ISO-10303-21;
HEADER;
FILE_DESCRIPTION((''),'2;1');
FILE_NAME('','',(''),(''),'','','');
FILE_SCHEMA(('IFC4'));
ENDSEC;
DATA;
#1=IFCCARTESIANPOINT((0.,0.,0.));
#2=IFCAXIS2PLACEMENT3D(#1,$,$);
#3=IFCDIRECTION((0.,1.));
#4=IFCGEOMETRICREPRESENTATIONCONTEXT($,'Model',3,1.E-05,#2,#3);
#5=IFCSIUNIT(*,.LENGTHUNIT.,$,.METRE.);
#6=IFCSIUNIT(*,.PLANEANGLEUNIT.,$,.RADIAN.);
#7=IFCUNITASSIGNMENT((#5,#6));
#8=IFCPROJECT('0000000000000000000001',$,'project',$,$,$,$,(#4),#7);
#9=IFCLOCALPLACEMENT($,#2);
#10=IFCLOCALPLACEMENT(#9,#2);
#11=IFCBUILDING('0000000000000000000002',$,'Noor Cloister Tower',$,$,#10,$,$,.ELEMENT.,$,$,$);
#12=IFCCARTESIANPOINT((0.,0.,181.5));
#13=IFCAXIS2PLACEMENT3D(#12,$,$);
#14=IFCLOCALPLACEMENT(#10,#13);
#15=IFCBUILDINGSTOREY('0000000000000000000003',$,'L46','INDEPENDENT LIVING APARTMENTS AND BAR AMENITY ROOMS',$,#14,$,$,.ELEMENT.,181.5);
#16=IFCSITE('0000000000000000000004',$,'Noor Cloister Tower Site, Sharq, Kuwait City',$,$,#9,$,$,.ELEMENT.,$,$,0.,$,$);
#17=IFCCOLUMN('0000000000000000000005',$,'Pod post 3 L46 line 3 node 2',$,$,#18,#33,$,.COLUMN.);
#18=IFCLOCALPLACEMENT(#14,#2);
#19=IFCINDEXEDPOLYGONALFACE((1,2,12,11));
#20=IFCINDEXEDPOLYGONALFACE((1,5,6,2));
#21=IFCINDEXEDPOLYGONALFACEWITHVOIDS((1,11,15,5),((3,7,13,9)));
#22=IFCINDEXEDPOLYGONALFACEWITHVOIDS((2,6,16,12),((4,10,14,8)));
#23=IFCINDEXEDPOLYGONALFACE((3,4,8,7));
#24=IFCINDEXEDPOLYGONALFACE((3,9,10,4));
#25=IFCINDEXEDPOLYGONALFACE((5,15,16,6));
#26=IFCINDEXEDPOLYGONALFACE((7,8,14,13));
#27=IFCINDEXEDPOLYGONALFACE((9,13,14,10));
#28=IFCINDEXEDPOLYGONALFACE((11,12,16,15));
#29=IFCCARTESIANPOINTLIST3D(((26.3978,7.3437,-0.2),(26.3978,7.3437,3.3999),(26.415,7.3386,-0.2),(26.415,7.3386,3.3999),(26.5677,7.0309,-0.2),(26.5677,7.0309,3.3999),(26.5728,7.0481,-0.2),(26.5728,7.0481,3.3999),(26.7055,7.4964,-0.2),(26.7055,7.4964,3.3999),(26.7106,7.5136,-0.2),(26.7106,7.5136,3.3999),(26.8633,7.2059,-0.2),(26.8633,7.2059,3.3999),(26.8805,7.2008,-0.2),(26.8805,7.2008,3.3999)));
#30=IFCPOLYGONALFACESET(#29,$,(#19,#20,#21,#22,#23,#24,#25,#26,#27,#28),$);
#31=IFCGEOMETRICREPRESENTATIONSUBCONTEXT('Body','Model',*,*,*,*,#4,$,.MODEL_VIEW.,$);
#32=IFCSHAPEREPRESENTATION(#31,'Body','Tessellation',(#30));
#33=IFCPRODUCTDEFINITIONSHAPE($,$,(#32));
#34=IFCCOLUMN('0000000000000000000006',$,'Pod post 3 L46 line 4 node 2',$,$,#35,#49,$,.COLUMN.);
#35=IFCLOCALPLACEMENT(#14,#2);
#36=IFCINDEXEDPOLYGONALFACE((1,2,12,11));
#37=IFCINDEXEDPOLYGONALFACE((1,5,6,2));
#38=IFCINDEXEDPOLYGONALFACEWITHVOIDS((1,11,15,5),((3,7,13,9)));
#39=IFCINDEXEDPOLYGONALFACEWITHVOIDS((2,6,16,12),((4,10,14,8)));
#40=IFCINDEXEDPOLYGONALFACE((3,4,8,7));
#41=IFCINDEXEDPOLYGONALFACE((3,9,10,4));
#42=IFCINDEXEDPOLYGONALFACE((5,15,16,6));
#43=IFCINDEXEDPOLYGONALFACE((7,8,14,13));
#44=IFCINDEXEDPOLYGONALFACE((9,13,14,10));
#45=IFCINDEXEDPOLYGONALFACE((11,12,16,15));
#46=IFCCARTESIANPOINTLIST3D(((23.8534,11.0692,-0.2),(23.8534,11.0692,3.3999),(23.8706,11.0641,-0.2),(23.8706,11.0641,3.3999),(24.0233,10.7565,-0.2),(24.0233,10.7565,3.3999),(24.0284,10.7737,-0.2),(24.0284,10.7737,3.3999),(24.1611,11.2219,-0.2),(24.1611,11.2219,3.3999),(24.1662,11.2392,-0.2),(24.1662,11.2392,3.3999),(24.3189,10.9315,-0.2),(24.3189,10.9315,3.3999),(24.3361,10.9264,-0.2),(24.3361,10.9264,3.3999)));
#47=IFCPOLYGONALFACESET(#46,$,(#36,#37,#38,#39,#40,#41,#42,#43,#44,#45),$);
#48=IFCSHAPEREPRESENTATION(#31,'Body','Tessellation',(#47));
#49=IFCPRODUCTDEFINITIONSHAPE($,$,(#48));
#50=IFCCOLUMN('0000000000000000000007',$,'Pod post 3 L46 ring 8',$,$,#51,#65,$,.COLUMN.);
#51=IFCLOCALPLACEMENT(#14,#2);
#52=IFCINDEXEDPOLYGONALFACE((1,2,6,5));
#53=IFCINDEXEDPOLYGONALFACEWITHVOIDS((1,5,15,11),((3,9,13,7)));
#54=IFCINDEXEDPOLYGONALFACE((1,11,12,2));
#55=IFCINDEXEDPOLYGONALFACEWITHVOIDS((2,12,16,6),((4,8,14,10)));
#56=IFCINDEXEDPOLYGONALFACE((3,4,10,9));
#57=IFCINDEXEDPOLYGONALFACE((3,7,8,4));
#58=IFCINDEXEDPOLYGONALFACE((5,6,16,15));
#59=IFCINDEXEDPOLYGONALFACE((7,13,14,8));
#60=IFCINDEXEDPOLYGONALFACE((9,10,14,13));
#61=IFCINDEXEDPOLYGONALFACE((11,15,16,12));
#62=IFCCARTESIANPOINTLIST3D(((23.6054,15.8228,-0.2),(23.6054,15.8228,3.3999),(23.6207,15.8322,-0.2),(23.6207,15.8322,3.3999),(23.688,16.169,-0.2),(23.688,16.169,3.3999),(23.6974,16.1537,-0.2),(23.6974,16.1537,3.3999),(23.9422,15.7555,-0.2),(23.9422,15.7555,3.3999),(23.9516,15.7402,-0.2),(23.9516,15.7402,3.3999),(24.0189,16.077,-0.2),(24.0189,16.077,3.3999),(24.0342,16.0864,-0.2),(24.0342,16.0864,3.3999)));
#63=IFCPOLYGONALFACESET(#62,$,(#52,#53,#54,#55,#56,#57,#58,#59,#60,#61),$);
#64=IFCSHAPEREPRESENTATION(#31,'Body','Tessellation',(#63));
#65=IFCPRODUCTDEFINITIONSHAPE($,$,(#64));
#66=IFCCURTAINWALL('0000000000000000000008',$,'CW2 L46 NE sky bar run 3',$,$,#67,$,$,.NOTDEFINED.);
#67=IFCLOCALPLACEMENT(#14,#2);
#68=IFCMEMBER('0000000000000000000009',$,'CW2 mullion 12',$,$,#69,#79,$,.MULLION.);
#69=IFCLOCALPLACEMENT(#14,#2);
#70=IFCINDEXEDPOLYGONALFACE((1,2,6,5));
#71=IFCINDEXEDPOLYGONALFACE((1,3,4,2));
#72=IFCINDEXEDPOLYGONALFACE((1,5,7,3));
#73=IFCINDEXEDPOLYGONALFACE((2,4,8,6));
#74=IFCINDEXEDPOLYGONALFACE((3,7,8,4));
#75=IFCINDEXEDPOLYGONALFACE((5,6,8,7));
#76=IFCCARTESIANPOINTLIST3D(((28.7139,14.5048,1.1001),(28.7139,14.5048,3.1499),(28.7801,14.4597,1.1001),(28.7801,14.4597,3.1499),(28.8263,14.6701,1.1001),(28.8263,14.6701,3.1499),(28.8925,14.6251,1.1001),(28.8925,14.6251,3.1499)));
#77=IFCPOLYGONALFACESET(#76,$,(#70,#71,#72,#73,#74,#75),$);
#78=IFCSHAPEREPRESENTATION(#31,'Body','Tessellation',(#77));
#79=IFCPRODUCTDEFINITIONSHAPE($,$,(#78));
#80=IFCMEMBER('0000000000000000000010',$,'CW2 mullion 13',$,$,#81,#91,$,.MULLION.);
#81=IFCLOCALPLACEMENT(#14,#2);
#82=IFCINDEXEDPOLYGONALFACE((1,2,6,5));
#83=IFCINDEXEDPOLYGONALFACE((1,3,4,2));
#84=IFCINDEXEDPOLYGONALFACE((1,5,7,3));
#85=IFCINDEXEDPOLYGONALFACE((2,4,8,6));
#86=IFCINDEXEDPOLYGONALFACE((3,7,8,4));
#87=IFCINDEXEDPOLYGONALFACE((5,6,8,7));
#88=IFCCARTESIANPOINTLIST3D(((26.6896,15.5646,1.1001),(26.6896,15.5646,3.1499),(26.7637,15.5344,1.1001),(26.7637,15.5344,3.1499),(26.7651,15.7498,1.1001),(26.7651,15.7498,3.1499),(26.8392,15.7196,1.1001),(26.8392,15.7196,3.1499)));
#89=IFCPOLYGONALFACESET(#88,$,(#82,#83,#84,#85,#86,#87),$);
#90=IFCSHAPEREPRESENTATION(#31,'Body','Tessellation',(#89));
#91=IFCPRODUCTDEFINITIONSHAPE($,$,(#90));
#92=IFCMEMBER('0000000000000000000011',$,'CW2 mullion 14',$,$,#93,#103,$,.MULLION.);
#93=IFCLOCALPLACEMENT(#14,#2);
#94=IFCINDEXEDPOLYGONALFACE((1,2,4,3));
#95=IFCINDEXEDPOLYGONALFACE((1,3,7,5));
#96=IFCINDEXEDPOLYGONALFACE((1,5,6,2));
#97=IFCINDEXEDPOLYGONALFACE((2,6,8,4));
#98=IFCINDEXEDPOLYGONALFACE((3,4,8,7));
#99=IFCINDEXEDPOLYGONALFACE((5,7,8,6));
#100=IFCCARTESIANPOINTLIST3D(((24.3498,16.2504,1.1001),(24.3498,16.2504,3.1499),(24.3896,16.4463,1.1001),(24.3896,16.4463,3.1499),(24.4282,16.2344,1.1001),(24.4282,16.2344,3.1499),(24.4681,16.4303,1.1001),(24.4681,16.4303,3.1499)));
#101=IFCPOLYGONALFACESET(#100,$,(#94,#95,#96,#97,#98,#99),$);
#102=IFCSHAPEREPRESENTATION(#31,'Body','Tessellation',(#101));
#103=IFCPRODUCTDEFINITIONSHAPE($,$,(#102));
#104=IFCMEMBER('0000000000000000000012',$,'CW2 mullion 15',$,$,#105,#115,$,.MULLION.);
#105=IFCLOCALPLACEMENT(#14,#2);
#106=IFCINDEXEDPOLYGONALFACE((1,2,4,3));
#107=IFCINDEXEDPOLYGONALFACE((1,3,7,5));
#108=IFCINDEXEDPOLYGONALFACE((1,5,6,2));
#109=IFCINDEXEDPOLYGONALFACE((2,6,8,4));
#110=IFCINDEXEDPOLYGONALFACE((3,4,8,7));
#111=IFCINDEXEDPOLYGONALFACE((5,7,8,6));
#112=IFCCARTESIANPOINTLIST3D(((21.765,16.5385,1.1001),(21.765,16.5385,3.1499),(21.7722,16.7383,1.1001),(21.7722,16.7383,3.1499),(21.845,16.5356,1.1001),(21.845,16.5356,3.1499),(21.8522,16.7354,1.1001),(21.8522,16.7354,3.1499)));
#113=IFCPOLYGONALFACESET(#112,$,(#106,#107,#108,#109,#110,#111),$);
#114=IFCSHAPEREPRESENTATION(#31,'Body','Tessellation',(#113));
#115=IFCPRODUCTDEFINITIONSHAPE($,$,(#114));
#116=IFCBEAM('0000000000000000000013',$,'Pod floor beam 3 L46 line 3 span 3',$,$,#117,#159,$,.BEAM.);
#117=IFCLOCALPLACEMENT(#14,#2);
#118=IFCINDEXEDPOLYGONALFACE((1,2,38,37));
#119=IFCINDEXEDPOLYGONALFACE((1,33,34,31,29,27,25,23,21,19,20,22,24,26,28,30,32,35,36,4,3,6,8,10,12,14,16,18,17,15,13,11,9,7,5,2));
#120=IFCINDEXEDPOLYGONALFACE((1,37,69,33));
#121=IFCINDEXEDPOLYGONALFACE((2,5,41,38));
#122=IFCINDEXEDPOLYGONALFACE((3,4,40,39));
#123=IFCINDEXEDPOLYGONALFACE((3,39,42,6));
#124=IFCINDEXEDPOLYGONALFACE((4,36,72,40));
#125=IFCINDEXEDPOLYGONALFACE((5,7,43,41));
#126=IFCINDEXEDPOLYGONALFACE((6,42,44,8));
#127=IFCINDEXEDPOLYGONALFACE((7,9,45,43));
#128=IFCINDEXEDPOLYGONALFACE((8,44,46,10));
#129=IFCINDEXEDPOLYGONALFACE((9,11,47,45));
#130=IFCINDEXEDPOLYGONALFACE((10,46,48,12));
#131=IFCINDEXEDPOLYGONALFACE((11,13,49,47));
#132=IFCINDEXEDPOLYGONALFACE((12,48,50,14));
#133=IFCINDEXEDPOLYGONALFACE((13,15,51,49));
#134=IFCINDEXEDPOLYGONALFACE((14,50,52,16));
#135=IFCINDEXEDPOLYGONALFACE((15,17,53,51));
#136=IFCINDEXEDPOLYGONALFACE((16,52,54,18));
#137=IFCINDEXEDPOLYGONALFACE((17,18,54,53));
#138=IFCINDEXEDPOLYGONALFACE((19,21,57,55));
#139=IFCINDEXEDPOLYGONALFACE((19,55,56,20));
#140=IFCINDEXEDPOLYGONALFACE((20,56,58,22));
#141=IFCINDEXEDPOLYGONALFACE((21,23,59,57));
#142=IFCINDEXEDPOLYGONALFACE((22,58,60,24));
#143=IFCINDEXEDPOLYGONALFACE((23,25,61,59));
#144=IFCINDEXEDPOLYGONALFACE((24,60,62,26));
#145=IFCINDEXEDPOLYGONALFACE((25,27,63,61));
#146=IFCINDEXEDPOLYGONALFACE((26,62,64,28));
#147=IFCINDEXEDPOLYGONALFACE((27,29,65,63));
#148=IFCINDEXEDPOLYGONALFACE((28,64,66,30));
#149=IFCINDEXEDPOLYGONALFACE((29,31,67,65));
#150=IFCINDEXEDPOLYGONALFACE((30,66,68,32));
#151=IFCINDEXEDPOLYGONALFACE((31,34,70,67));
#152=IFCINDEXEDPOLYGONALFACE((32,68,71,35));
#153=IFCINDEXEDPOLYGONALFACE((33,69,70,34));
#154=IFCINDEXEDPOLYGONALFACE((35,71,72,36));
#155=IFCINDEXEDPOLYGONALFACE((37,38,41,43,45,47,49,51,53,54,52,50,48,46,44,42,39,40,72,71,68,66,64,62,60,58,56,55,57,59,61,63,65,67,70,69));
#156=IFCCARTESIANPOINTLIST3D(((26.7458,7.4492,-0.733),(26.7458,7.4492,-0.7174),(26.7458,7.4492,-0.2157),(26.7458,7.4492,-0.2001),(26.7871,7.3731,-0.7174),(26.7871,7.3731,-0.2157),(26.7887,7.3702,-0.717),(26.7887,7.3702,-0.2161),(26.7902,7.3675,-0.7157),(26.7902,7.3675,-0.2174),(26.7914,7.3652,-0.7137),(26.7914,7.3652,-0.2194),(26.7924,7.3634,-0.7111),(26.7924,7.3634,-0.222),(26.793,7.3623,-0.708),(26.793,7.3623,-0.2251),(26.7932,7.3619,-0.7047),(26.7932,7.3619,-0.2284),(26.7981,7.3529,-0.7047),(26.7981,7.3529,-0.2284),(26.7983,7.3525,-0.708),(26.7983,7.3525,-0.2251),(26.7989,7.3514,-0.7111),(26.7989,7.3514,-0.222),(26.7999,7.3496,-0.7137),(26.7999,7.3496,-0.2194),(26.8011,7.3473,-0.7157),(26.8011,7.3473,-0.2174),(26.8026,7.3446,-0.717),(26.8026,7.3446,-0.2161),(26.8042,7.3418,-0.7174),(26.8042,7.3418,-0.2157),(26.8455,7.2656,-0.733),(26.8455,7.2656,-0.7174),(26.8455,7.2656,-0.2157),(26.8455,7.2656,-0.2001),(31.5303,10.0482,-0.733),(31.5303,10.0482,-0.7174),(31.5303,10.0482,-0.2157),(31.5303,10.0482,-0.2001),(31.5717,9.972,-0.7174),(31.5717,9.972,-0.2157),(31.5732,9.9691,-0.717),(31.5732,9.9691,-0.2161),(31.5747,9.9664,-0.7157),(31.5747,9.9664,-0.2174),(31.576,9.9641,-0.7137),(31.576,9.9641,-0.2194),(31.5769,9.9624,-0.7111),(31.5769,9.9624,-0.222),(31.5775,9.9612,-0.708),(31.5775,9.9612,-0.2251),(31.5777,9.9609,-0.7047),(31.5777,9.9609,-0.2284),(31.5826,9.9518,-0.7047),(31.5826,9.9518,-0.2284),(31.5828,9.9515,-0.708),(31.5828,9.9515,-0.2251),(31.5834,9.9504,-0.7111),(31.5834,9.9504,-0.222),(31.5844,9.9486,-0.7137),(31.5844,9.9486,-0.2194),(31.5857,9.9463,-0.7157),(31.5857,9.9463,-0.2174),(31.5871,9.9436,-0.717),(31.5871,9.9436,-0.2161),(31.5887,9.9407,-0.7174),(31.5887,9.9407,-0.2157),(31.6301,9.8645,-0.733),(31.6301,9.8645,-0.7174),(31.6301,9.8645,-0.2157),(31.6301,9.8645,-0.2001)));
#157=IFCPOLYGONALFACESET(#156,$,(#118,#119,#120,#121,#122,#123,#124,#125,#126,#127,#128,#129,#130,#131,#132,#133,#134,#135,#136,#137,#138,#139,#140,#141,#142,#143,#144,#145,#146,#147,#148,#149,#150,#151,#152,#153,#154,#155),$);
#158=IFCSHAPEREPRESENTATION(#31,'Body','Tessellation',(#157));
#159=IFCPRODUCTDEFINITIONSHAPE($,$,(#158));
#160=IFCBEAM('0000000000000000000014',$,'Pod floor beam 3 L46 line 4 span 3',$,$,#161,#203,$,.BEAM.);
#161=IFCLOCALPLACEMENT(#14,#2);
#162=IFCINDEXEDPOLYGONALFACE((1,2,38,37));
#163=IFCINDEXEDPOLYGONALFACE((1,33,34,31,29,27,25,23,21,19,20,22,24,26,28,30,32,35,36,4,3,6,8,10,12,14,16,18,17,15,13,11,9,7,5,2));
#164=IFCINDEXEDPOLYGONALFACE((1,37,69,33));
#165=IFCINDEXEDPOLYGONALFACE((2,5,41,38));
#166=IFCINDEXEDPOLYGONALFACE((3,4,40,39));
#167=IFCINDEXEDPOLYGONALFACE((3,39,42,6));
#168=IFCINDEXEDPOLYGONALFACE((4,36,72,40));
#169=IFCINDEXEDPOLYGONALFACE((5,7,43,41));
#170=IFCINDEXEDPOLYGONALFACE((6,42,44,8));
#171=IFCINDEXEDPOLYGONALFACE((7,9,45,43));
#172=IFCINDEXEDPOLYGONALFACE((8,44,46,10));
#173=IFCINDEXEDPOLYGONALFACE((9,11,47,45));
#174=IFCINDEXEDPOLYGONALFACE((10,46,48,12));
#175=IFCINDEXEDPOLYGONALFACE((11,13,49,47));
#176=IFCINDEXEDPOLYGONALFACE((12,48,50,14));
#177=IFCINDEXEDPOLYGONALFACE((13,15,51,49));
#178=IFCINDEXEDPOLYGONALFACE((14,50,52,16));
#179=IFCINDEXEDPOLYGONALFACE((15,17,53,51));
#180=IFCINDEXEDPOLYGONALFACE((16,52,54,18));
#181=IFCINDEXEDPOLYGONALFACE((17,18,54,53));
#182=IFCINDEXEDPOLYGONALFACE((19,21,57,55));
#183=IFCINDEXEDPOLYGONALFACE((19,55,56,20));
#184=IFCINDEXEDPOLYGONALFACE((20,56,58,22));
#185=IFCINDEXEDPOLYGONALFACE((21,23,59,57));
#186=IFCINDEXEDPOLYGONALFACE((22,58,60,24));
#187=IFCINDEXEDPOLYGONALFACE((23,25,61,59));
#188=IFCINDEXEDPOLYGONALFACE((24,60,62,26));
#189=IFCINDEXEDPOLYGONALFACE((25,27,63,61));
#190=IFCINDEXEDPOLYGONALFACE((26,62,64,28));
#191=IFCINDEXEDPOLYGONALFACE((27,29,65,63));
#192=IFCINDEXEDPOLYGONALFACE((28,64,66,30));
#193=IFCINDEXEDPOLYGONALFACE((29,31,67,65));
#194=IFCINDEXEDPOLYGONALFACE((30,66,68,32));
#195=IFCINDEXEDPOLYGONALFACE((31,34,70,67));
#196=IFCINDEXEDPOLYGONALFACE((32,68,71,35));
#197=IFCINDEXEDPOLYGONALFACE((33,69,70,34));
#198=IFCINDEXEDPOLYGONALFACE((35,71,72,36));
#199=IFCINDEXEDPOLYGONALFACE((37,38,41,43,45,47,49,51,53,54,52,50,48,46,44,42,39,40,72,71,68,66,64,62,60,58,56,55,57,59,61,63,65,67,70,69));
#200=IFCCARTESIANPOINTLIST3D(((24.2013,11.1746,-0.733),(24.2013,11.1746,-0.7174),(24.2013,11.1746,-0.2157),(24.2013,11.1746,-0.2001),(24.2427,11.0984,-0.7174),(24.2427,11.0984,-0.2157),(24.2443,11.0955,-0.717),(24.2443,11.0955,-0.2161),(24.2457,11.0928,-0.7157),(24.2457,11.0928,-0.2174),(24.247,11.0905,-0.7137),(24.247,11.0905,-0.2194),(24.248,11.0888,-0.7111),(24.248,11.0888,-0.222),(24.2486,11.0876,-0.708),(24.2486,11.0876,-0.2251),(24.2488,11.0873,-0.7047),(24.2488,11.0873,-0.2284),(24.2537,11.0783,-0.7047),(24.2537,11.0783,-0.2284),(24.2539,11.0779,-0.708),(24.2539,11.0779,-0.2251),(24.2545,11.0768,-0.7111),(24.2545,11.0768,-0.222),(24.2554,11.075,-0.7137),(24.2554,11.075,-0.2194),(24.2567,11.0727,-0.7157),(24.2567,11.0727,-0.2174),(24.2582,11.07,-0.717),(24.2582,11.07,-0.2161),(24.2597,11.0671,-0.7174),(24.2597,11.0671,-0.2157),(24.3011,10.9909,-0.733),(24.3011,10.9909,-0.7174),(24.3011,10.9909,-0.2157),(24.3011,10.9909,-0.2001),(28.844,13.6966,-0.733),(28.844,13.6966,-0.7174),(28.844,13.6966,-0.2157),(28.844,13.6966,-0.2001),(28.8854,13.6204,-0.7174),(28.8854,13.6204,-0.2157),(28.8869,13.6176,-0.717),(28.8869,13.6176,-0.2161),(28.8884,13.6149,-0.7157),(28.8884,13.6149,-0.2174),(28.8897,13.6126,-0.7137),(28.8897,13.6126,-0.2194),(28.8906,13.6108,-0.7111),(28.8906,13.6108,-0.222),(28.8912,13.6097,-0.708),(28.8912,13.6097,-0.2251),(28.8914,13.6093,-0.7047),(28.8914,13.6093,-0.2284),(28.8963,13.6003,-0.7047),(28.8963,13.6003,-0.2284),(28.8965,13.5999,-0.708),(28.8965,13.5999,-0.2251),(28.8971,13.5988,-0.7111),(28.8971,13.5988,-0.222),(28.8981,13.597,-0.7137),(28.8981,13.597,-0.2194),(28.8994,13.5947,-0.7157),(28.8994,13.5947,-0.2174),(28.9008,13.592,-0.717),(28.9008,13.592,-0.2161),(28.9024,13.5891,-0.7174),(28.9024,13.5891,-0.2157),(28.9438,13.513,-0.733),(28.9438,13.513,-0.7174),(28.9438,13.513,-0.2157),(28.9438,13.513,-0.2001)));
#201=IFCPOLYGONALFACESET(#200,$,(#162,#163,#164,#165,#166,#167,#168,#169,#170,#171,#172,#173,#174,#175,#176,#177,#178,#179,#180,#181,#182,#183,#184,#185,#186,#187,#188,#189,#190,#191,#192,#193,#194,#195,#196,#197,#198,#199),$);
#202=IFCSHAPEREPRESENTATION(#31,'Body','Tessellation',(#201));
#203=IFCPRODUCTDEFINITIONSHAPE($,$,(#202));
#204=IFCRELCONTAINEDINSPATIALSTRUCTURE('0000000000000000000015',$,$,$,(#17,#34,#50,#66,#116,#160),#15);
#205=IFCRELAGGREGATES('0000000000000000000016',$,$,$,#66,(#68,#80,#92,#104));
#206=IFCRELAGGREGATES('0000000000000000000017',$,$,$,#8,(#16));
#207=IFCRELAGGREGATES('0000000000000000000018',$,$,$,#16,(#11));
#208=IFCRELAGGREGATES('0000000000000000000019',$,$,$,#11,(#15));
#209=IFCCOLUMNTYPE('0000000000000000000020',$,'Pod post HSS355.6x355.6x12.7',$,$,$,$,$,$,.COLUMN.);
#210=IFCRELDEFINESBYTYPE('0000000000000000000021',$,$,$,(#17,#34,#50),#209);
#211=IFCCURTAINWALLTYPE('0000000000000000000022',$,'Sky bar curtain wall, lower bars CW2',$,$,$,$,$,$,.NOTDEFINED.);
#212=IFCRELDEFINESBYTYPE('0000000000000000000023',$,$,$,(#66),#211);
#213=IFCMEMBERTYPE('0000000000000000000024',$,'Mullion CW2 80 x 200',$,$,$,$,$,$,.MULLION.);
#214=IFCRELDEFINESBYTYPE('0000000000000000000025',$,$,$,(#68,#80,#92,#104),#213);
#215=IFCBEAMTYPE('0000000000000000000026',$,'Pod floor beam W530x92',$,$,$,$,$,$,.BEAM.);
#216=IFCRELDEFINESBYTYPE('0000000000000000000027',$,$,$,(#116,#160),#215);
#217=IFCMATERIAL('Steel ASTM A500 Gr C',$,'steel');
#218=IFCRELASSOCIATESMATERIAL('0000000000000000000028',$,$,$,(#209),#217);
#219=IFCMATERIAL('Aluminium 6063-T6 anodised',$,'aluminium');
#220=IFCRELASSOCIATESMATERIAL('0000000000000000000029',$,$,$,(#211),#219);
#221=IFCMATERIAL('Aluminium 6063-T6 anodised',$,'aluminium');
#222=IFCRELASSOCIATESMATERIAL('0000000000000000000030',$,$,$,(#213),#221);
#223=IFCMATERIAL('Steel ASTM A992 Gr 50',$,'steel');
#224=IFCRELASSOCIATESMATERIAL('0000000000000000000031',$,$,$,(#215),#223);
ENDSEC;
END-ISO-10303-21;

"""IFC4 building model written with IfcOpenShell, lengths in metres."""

from ifc_helpers import new_model, si_unit, direction, frame, origin, origin_2d, place, context, subcontext, project, spatial, rectangle, hollow_rectangle, i_section, extrude, material, material_profile, profile_set, type_object, element, aggregate, save


model = new_model("IFC4")

# Units and contexts
model_context = context("Model", 3, precision=1e-05, world=origin(), true_north=direction((0.0, 1.0)))
body_context = subcontext(model_context, "Body", "Model", "MODEL_VIEW")
ifc_project = project(units=[si_unit("LENGTHUNIT", "METRE"), si_unit("PLANEANGLEUNIT", "RADIAN")], contexts=[model_context])

# Site, building, storey
site_placement = place(None, origin())
site = spatial("IfcSite", under=ifc_project, at=site_placement, Name="Noor Cloister Tower Site, Sharq, Kuwait City", CompositionType="ELEMENT", RefElevation=0.0)
building_placement = place(site_placement, origin())
building = spatial("IfcBuilding", under=site, at=building_placement, Name="Noor Cloister Tower", CompositionType="ELEMENT")
storey_placement = place(building_placement, frame((0.0, 0.0, 181.5)))
storey = spatial("IfcBuildingStorey", under=building, at=storey_placement, Name="L46", Description="INDEPENDENT LIVING APARTMENTS AND BAR AMENITY ROOMS", CompositionType="ELEMENT", Elevation=181.5)

# Columns
ifc_material_1 = material(Name="Steel ASTM A500 Gr C", Category="steel")
ifc_material_profile_1 = material_profile(ifc_material_1, hollow_rectangle(XDim=0.356, YDim=0.356, WallThickness=0.0127, at=origin_2d()), Name="HSS355.6x355.6x12.7")
ifc_profile_set_1 = profile_set([ifc_material_profile_1], Name="Steel ASTM A500 Gr C")
column_type = type_object("IfcColumnType", Name="Pod post HSS355.6x355.6x12.7", PredefinedType="COLUMN", material=ifc_profile_set_1)
for number, where, z_axis, x_axis, name in (
    (1, (26.6392, 7.2722, -0.2), (0.0, 0.0, 1.0), (0.878722, 0.477334, 0.0), "Pod post 3 L46 line 3 node 2"),
    (2, (24.0947, 10.9978, -0.2), (0.0, 0.0, 1.0), (0.878722, 0.477334, 0.0), "Pod post 3 L46 line 4 node 2"),
    (3, (23.8198, 15.9546, -0.2), (0.0, 0.0, 1.0), (-0.972709, 0.232027, 0.0), "Pod post 3 L46 ring 8"),
):
    element("IfcColumn", number, at=place(storey_placement, frame(where, z_axis=z_axis, x_axis=x_axis)), inside=storey, type_object=column_type, Name=name, PredefinedType="COLUMN", context=body_context, shape_type="SweptSolid", body=[
        extrude(hollow_rectangle(XDim=0.356, YDim=0.356, WallThickness=0.0127, at=origin_2d()), origin(), (0.0, 0.0, 1.0), 3.5999),
    ])

# Curtain wall, members
ifc_material_2 = material(Name="Aluminium 6063-T6 anodised", Category="aluminium")
curtain_wall_type = type_object("IfcCurtainWallType", Name="Sky bar curtain wall, lower bars CW2", PredefinedType="NOTDEFINED", material=ifc_material_2)
curtain_wall_placement = place(storey_placement, origin())
curtain_wall = element("IfcCurtainWall", 4, at=curtain_wall_placement, inside=storey, type_object=curtain_wall_type, Name="CW2 L46 NE sky bar run 3", PredefinedType="NOTDEFINED")
ifc_material_3 = material(Name="Aluminium 6063-T6 anodised", Category="aluminium")
ifc_material_profile_2 = material_profile(ifc_material_3, rectangle(XDim=0.2, YDim=0.0801, at=origin_2d()), Name="200 x 80 mullion")
ifc_profile_set_2 = profile_set([ifc_material_profile_2], Name="Aluminium 6063-T6 anodised")
member_type = type_object("IfcMemberType", Name="Mullion CW2 80 x 200", PredefinedType="MULLION", material=ifc_profile_set_2)
member_1_placement = place(storey_placement, frame((28.8032, 14.5649, 1.1001), z_axis=(0.0, 0.0, 1.0), x_axis=(-0.562144, -0.82704, 0.0)))
member_1 = element("IfcMember", 5, at=member_1_placement, type_object=member_type, Name="CW2 mullion 12", PredefinedType="MULLION", context=body_context, shape_type="SweptSolid", body=[
    extrude(rectangle(XDim=0.2, YDim=0.0801, at=origin_2d()), origin(), (0.0, 0.0, 1.0), 2.0498),
])
member_2_placement = place(storey_placement, frame((26.7644, 15.6421, 1.1001), z_axis=(0.0, 0.0, 1.0), x_axis=(-0.377484, -0.926016, 0.0)))
member_2 = element("IfcMember", 6, at=member_2_placement, type_object=member_type, Name="CW2 mullion 13", PredefinedType="MULLION", context=body_context, shape_type="SweptSolid", body=[
    extrude(rectangle(XDim=0.2, YDim=0.0801, at=origin_2d()), origin(), (0.0, 0.0, 1.0), 2.0498),
])
member_3_placement = place(storey_placement, frame((24.4089, 16.3403, 1.1001), z_axis=(0.0, 0.0, 1.0), x_axis=(-0.199522, -0.979893, 0.0)))
member_3 = element("IfcMember", 7, at=member_3_placement, type_object=member_type, Name="CW2 mullion 14", PredefinedType="MULLION", context=body_context, shape_type="SweptSolid", body=[
    extrude(rectangle(XDim=0.2, YDim=0.0801, at=origin_2d()), origin(), (0.0, 0.0, 1.0), 2.0498),
])
member_4_placement = place(storey_placement, frame((21.8086, 16.637, 1.1001), z_axis=(0.0, 0.0, 1.0), x_axis=(-0.03605, -0.99935, 0.0)))
member_4 = element("IfcMember", 8, at=member_4_placement, type_object=member_type, Name="CW2 mullion 15", PredefinedType="MULLION", context=body_context, shape_type="SweptSolid", body=[
    extrude(rectangle(XDim=0.2, YDim=0.0801, at=origin_2d()), origin(), (0.0, 0.0, 1.0), 2.0498),
])

# Beams
ifc_material_4 = material(Name="Steel ASTM A992 Gr 50", Category="steel")
ifc_material_profile_3 = material_profile(ifc_material_4, i_section(OverallWidth=0.209, OverallDepth=0.533, WebThickness=0.0103, FlangeThickness=0.0156, FilletRadius=0.0127, at=origin_2d()), Name="W530x92")
ifc_profile_set_3 = profile_set([ifc_material_profile_3], Name="Steel ASTM A992 Gr 50")
beam_type = type_object("IfcBeamType", Name="Pod floor beam W530x92", PredefinedType="BEAM", material=ifc_profile_set_3)
beam_1_placement = place(storey_placement, frame((26.7957, 7.3574, -0.4666), z_axis=(0.878729, 0.477321, 0.0), x_axis=(-0.477321, 0.878729, 0.0)))
element("IfcBeam", 9, at=beam_1_placement, inside=storey, type_object=beam_type, Name="Pod floor beam 3 L46 line 3 span 3", PredefinedType="BEAM", context=body_context, shape_type="SweptSolid", body=[
    extrude(i_section(OverallWidth=0.209, OverallDepth=0.533, WebThickness=0.0103, FlangeThickness=0.0156, FilletRadius=0.0127, at=origin_2d()), origin(), (0.0, 0.0, 1.0), 5.4448),
])
beam_2_placement = place(storey_placement, frame((24.2512, 11.0828, -0.4666), z_axis=(0.878717, 0.477343, 0.0), x_axis=(-0.477343, 0.878717, 0.0)))
element("IfcBeam", 10, at=beam_2_placement, inside=storey, type_object=beam_type, Name="Pod floor beam 3 L46 line 4 span 3", PredefinedType="BEAM", context=body_context, shape_type="SweptSolid", body=[
    extrude(i_section(OverallWidth=0.209, OverallDepth=0.533, WebThickness=0.0103, FlangeThickness=0.0156, FilletRadius=0.0127, at=origin_2d()), origin(), (0.0, 0.0, 1.0), 5.2834),
])

aggregate(curtain_wall, [member_1, member_2, member_3, member_4])

save(model, "model.ifc")
